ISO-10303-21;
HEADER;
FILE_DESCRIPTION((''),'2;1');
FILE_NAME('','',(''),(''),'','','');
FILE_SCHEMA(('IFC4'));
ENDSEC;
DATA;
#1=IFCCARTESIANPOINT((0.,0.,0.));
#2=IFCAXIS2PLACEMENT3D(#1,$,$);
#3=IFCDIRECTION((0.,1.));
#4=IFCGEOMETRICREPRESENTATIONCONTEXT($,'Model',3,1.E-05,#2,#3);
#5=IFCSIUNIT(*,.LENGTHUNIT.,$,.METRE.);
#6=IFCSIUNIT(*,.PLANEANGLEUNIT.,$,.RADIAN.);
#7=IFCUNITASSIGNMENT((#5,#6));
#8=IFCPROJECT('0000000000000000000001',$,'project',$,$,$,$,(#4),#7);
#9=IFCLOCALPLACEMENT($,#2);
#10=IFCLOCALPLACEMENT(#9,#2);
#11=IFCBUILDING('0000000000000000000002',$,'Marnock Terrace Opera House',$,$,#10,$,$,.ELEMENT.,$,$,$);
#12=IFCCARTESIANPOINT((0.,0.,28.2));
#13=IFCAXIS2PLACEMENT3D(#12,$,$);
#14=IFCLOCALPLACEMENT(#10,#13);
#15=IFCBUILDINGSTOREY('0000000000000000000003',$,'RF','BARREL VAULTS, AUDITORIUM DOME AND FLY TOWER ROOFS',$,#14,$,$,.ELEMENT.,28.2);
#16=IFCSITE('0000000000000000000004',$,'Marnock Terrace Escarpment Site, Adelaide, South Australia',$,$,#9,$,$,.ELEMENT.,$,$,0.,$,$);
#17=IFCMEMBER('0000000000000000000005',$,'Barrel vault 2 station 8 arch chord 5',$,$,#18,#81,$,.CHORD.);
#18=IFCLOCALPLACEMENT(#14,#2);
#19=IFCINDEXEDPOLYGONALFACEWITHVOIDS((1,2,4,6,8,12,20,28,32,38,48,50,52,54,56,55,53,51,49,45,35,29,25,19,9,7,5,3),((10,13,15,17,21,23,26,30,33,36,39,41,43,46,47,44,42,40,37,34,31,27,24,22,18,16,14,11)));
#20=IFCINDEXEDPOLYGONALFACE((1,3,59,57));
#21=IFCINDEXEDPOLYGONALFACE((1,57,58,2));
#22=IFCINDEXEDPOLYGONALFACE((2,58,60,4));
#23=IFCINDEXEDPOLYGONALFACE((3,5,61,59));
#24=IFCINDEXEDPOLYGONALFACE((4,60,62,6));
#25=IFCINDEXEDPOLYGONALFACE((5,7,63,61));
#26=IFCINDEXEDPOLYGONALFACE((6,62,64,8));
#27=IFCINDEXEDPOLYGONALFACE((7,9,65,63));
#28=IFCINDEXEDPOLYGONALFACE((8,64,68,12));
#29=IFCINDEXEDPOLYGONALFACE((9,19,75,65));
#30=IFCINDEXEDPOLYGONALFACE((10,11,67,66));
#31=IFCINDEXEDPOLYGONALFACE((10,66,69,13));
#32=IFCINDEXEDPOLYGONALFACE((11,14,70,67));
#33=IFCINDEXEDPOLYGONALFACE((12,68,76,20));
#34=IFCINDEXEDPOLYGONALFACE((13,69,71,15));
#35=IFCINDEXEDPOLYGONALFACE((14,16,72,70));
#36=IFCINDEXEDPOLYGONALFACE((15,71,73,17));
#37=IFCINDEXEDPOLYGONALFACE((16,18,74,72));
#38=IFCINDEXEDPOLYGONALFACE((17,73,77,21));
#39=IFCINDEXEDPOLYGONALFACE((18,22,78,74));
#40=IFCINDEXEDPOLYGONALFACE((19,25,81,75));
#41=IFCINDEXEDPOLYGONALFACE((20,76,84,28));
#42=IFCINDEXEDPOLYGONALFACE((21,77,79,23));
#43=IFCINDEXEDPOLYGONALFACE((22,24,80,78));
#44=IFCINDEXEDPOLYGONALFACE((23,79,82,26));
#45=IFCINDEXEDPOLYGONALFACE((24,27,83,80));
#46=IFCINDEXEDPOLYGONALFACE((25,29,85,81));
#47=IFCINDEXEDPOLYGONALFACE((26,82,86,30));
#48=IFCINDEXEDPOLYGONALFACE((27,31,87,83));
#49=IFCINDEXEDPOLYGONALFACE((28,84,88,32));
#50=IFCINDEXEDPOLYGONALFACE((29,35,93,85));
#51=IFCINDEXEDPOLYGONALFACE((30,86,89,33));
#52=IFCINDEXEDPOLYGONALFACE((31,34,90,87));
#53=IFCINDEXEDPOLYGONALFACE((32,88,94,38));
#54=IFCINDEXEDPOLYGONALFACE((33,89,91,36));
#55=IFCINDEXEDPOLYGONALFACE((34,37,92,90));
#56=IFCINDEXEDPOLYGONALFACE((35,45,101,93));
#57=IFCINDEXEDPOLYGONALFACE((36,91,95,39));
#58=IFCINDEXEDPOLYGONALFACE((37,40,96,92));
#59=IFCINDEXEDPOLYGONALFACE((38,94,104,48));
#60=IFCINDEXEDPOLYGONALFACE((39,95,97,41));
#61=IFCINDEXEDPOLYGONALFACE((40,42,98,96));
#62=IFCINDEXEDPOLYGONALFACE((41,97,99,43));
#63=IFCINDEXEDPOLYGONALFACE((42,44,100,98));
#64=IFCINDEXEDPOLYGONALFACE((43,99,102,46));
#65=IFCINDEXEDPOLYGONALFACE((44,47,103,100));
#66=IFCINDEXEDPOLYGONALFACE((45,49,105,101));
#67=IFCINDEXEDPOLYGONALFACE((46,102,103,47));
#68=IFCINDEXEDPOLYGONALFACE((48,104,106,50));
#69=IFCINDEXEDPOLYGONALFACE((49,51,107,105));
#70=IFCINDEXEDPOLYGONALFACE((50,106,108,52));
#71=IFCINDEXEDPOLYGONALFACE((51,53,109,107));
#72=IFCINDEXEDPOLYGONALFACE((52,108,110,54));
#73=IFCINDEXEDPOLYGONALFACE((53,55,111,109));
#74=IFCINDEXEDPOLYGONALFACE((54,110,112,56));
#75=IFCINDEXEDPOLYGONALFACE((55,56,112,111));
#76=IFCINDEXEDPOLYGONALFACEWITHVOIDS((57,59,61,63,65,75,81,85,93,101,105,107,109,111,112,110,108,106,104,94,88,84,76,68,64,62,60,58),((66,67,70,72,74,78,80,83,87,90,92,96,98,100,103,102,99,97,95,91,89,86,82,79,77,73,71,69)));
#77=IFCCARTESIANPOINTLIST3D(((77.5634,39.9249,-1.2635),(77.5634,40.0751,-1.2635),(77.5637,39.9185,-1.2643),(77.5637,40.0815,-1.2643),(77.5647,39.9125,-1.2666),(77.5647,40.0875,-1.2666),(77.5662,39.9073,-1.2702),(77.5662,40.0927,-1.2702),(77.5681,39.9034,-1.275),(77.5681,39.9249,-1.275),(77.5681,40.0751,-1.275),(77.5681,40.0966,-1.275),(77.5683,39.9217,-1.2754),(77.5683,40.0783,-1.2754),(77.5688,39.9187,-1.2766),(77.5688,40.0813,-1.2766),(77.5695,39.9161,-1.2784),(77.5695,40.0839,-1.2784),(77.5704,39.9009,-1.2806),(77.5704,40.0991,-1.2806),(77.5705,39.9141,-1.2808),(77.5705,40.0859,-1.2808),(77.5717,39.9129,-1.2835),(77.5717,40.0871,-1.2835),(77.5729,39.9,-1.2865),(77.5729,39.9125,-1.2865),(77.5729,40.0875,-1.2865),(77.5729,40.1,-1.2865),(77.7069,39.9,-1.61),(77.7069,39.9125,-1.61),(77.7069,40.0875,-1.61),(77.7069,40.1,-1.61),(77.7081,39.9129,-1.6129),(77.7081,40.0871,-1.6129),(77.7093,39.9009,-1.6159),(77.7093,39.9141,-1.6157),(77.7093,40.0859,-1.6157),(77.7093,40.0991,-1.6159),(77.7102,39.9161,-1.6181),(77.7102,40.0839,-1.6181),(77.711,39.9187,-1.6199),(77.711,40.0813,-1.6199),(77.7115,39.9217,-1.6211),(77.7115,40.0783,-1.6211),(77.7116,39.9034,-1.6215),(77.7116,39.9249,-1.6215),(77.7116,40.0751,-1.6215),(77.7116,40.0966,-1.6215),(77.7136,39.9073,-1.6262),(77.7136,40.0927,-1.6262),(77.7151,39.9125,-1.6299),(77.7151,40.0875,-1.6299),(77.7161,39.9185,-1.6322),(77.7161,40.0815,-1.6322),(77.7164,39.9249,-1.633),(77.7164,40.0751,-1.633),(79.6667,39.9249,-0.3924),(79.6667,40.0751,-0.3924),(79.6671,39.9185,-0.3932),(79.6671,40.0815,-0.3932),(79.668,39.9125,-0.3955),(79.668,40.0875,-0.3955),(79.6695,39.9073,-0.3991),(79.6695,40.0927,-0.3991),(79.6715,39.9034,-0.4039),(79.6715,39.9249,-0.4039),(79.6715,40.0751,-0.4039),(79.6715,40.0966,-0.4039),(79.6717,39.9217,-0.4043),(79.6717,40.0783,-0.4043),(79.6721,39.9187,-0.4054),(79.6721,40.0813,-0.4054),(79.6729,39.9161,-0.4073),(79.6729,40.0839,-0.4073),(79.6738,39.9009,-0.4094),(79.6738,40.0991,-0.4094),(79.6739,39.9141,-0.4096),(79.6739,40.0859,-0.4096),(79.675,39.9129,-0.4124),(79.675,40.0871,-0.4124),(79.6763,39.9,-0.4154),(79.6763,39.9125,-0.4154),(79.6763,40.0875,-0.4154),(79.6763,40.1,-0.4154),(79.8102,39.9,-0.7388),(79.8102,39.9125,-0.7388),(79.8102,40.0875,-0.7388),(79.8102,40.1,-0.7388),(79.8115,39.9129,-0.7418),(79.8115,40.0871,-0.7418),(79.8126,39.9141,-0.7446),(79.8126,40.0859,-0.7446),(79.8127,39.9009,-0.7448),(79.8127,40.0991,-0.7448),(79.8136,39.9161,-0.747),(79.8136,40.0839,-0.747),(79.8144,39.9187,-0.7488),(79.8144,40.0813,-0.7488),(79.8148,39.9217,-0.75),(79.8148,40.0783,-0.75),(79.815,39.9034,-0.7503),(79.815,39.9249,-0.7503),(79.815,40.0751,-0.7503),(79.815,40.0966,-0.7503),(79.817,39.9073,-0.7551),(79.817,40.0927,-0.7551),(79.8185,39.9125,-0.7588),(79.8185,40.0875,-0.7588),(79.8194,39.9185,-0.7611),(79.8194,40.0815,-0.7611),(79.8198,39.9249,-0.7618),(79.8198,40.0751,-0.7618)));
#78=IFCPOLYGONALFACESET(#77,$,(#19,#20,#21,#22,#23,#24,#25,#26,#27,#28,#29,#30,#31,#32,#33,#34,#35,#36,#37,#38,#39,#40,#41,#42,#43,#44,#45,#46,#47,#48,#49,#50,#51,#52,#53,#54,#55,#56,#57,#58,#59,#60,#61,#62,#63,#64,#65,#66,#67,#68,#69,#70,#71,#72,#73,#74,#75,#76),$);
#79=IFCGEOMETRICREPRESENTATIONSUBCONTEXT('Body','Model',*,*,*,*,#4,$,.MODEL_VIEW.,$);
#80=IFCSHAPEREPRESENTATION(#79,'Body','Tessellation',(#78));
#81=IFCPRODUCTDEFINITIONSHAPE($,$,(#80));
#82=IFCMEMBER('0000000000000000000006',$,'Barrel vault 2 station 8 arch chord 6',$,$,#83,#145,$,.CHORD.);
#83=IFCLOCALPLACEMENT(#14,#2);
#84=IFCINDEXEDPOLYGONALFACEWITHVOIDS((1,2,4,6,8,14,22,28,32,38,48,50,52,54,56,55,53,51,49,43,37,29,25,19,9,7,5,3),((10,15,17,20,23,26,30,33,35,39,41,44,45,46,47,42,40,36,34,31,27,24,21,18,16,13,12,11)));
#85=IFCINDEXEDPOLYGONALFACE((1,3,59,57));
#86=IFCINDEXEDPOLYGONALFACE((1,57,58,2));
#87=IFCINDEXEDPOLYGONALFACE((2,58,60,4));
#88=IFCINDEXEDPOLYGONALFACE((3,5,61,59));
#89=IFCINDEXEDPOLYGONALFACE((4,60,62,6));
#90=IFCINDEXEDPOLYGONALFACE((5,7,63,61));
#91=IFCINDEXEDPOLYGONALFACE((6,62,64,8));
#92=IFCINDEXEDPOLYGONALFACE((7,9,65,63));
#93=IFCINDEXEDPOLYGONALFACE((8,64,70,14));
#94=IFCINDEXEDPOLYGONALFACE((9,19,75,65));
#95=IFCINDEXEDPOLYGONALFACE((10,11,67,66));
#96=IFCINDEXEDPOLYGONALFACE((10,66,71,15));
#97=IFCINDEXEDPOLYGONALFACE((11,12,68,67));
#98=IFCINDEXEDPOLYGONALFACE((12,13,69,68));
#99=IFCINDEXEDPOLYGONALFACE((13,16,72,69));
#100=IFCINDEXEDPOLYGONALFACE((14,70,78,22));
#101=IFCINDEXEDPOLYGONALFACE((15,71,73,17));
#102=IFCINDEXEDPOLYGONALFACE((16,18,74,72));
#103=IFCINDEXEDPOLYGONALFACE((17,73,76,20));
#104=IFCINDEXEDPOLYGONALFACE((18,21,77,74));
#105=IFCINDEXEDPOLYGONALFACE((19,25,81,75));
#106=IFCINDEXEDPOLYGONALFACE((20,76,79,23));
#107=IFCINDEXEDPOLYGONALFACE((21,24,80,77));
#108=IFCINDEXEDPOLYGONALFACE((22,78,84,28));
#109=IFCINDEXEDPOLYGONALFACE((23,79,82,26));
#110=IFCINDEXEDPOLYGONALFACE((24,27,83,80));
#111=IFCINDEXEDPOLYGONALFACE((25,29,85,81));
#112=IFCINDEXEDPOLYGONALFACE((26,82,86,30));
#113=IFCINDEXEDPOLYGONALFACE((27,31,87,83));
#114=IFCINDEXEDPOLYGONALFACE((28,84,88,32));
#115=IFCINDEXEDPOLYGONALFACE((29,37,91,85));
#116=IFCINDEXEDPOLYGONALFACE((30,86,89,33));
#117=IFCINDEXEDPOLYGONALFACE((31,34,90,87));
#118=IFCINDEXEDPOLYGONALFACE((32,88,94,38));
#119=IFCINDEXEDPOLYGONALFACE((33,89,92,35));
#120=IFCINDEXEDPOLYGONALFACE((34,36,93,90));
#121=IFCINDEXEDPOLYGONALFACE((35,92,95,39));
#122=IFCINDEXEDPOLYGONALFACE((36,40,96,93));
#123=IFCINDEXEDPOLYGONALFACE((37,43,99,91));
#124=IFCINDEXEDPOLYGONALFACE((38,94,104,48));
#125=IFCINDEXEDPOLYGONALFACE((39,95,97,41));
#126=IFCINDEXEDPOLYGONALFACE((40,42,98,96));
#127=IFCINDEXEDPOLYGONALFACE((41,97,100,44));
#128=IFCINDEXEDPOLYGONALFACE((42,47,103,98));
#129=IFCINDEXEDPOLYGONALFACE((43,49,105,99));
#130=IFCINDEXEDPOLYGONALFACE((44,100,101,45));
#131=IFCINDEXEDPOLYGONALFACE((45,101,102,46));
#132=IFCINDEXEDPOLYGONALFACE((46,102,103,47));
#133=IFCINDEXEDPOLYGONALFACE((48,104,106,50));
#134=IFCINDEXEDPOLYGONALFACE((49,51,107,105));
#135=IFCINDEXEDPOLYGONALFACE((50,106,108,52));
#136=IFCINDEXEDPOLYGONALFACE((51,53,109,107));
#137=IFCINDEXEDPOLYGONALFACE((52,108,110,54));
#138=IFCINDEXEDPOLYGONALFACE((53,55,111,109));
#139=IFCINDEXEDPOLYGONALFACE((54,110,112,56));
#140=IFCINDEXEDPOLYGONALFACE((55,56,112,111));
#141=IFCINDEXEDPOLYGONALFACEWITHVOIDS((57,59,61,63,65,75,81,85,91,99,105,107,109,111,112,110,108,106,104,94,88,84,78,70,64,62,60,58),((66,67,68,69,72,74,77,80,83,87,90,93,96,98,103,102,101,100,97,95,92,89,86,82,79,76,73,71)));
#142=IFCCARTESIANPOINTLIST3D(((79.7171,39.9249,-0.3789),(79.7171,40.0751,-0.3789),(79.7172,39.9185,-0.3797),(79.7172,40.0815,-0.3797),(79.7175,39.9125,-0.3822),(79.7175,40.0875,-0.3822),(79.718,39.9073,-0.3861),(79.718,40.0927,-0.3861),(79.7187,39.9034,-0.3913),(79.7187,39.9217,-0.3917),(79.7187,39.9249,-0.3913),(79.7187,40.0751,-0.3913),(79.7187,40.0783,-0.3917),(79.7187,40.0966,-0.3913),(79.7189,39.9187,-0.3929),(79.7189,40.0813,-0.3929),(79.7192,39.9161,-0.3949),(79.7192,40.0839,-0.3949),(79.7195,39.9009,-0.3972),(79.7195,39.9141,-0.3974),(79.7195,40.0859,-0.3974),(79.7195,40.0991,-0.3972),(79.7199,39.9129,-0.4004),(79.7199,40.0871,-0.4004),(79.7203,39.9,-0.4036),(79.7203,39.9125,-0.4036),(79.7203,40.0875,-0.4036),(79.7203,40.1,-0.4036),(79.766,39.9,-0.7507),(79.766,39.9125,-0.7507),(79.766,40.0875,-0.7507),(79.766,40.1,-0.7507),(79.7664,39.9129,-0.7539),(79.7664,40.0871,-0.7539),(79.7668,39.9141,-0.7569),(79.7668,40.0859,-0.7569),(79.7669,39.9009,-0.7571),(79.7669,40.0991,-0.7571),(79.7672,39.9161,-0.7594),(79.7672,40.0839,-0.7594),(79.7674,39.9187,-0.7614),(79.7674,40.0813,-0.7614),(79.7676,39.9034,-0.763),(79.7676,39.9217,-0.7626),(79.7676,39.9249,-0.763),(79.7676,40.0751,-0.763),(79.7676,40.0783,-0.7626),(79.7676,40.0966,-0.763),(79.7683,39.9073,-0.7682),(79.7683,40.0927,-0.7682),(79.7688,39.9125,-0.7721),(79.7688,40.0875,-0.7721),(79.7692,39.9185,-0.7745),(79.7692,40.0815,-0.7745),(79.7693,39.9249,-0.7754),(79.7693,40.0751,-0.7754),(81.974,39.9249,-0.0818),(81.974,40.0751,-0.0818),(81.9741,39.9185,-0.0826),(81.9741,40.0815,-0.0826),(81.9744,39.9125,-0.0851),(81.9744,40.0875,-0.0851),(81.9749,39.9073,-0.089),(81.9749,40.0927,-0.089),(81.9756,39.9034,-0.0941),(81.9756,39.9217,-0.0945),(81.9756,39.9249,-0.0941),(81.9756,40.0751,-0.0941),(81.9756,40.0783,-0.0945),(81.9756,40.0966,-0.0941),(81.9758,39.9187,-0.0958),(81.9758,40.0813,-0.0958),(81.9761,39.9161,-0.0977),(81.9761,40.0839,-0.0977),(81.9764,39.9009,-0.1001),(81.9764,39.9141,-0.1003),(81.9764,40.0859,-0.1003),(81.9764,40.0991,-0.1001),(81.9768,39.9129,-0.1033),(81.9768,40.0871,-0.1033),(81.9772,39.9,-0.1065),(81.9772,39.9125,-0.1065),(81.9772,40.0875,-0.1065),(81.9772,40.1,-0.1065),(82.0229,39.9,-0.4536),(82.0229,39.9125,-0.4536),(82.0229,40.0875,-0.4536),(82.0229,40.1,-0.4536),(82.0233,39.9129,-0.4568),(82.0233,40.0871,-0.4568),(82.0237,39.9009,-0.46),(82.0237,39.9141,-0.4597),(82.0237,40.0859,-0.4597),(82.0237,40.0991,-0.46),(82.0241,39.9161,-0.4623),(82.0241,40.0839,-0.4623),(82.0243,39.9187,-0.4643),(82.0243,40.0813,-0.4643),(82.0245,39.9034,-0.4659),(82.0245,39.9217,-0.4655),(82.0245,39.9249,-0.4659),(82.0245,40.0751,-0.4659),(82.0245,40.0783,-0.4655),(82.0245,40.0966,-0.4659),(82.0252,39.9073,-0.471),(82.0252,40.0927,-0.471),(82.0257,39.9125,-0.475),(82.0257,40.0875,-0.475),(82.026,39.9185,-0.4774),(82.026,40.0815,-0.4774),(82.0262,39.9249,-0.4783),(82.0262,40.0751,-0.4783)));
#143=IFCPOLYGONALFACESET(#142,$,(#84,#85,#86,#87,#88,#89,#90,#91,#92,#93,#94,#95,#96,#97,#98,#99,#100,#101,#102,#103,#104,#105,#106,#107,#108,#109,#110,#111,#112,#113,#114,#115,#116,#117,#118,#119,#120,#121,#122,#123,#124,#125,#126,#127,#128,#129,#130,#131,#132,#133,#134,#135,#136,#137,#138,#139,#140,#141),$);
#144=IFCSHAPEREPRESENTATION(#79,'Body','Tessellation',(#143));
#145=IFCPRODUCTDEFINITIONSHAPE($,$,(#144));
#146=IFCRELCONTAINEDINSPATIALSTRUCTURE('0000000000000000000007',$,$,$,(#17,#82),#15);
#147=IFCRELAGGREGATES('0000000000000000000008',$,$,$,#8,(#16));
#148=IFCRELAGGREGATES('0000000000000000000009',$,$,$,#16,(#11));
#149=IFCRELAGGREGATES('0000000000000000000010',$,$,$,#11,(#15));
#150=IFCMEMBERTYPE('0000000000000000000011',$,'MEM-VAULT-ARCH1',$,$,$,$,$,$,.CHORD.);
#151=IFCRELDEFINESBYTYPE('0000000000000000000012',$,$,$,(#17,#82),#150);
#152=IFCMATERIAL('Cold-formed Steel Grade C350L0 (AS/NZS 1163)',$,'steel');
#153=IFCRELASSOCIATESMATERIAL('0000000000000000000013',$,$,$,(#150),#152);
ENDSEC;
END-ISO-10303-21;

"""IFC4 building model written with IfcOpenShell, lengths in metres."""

from ifc_helpers import new_model, si_unit, direction, frame, origin, origin_2d, place, context, subcontext, project, spatial, hollow_rectangle, extrude, material, material_profile, profile_set, type_object, element, save


model = new_model("IFC4")

# Units and contexts
model_context = context("Model", 3, precision=1e-05, world=origin(), true_north=direction((0.0, 1.0)))
body_context = subcontext(model_context, "Body", "Model", "MODEL_VIEW")
ifc_project = project(units=[si_unit("LENGTHUNIT", "METRE"), si_unit("PLANEANGLEUNIT", "RADIAN")], contexts=[model_context])

# Site, building, storey
site_placement = place(None, origin())
site = spatial("IfcSite", under=ifc_project, at=site_placement, Name="Marnock Terrace Escarpment Site, Adelaide, South Australia", CompositionType="ELEMENT", RefElevation=0.0)
building_placement = place(site_placement, origin())
building = spatial("IfcBuilding", under=site, at=building_placement, Name="Marnock Terrace Opera House", CompositionType="ELEMENT")
storey_placement = place(building_placement, frame((0.0, 0.0, 28.2)))
storey = spatial("IfcBuildingStorey", under=building, at=storey_placement, Name="RF", Description="BARREL VAULTS, AUDITORIUM DOME AND FLY TOWER ROOFS", CompositionType="ELEMENT", Elevation=28.2)

# Members
ifc_material_1 = material(Name="Cold-formed Steel Grade C350L0 (AS/NZS 1163)", Category="steel")
ifc_material_profile_1 = material_profile(ifc_material_1, hollow_rectangle(XDim=0.2, YDim=0.3999, WallThickness=0.0125, InnerFilletRadius=0.0125, OuterFilletRadius=0.0249, at=origin_2d()))
ifc_profile_set_1 = profile_set([ifc_material_profile_1], Name="Cold-formed Steel Grade C350L0 (AS/NZS 1163)")
member_type_1 = type_object("IfcMemberType", Name="MEM-VAULT-ARCH1", PredefinedType="CHORD", material=ifc_profile_set_1)
member_1_placement = place(storey_placement, frame((77.6399, 40.0, -1.4482), z_axis=(0.923897, 0.0, 0.382642), x_axis=(0.0, 1.0, 0.0)))
element("IfcMember", 1, at=member_1_placement, inside=storey, type_object=member_type_1, Name="Barrel vault 2 station 8 arch chord 5", PredefinedType="CHORD", context=body_context, shape_type="SweptSolid", body=[
    extrude(hollow_rectangle(XDim=0.2, YDim=0.3999, WallThickness=0.0125, InnerFilletRadius=0.0125, OuterFilletRadius=0.0249, at=origin_2d()), origin(), (0.0, 0.0, 1.0), 2.2766),
])
for number, where, z_axis, x_axis, name in (
    (2, (79.7432, 40.0, -0.5771), (0.991445, 0.0, 0.130527), (0.0, 1.0, 0.0), "Barrel vault 2 station 8 arch chord 6"),
):
    element("IfcMember", number, at=place(storey_placement, frame(where, z_axis=z_axis, x_axis=x_axis)), inside=storey, type_object=member_type_1, Name=name, PredefinedType="CHORD", context=body_context, shape_type="SweptSolid", body=[
        extrude(hollow_rectangle(XDim=0.2, YDim=0.3999, WallThickness=0.0125, InnerFilletRadius=0.0125, OuterFilletRadius=0.0249, at=origin_2d()), origin(), (0.0, 0.0, 1.0), 2.2764),
    ])

save(model, "model.ifc")
